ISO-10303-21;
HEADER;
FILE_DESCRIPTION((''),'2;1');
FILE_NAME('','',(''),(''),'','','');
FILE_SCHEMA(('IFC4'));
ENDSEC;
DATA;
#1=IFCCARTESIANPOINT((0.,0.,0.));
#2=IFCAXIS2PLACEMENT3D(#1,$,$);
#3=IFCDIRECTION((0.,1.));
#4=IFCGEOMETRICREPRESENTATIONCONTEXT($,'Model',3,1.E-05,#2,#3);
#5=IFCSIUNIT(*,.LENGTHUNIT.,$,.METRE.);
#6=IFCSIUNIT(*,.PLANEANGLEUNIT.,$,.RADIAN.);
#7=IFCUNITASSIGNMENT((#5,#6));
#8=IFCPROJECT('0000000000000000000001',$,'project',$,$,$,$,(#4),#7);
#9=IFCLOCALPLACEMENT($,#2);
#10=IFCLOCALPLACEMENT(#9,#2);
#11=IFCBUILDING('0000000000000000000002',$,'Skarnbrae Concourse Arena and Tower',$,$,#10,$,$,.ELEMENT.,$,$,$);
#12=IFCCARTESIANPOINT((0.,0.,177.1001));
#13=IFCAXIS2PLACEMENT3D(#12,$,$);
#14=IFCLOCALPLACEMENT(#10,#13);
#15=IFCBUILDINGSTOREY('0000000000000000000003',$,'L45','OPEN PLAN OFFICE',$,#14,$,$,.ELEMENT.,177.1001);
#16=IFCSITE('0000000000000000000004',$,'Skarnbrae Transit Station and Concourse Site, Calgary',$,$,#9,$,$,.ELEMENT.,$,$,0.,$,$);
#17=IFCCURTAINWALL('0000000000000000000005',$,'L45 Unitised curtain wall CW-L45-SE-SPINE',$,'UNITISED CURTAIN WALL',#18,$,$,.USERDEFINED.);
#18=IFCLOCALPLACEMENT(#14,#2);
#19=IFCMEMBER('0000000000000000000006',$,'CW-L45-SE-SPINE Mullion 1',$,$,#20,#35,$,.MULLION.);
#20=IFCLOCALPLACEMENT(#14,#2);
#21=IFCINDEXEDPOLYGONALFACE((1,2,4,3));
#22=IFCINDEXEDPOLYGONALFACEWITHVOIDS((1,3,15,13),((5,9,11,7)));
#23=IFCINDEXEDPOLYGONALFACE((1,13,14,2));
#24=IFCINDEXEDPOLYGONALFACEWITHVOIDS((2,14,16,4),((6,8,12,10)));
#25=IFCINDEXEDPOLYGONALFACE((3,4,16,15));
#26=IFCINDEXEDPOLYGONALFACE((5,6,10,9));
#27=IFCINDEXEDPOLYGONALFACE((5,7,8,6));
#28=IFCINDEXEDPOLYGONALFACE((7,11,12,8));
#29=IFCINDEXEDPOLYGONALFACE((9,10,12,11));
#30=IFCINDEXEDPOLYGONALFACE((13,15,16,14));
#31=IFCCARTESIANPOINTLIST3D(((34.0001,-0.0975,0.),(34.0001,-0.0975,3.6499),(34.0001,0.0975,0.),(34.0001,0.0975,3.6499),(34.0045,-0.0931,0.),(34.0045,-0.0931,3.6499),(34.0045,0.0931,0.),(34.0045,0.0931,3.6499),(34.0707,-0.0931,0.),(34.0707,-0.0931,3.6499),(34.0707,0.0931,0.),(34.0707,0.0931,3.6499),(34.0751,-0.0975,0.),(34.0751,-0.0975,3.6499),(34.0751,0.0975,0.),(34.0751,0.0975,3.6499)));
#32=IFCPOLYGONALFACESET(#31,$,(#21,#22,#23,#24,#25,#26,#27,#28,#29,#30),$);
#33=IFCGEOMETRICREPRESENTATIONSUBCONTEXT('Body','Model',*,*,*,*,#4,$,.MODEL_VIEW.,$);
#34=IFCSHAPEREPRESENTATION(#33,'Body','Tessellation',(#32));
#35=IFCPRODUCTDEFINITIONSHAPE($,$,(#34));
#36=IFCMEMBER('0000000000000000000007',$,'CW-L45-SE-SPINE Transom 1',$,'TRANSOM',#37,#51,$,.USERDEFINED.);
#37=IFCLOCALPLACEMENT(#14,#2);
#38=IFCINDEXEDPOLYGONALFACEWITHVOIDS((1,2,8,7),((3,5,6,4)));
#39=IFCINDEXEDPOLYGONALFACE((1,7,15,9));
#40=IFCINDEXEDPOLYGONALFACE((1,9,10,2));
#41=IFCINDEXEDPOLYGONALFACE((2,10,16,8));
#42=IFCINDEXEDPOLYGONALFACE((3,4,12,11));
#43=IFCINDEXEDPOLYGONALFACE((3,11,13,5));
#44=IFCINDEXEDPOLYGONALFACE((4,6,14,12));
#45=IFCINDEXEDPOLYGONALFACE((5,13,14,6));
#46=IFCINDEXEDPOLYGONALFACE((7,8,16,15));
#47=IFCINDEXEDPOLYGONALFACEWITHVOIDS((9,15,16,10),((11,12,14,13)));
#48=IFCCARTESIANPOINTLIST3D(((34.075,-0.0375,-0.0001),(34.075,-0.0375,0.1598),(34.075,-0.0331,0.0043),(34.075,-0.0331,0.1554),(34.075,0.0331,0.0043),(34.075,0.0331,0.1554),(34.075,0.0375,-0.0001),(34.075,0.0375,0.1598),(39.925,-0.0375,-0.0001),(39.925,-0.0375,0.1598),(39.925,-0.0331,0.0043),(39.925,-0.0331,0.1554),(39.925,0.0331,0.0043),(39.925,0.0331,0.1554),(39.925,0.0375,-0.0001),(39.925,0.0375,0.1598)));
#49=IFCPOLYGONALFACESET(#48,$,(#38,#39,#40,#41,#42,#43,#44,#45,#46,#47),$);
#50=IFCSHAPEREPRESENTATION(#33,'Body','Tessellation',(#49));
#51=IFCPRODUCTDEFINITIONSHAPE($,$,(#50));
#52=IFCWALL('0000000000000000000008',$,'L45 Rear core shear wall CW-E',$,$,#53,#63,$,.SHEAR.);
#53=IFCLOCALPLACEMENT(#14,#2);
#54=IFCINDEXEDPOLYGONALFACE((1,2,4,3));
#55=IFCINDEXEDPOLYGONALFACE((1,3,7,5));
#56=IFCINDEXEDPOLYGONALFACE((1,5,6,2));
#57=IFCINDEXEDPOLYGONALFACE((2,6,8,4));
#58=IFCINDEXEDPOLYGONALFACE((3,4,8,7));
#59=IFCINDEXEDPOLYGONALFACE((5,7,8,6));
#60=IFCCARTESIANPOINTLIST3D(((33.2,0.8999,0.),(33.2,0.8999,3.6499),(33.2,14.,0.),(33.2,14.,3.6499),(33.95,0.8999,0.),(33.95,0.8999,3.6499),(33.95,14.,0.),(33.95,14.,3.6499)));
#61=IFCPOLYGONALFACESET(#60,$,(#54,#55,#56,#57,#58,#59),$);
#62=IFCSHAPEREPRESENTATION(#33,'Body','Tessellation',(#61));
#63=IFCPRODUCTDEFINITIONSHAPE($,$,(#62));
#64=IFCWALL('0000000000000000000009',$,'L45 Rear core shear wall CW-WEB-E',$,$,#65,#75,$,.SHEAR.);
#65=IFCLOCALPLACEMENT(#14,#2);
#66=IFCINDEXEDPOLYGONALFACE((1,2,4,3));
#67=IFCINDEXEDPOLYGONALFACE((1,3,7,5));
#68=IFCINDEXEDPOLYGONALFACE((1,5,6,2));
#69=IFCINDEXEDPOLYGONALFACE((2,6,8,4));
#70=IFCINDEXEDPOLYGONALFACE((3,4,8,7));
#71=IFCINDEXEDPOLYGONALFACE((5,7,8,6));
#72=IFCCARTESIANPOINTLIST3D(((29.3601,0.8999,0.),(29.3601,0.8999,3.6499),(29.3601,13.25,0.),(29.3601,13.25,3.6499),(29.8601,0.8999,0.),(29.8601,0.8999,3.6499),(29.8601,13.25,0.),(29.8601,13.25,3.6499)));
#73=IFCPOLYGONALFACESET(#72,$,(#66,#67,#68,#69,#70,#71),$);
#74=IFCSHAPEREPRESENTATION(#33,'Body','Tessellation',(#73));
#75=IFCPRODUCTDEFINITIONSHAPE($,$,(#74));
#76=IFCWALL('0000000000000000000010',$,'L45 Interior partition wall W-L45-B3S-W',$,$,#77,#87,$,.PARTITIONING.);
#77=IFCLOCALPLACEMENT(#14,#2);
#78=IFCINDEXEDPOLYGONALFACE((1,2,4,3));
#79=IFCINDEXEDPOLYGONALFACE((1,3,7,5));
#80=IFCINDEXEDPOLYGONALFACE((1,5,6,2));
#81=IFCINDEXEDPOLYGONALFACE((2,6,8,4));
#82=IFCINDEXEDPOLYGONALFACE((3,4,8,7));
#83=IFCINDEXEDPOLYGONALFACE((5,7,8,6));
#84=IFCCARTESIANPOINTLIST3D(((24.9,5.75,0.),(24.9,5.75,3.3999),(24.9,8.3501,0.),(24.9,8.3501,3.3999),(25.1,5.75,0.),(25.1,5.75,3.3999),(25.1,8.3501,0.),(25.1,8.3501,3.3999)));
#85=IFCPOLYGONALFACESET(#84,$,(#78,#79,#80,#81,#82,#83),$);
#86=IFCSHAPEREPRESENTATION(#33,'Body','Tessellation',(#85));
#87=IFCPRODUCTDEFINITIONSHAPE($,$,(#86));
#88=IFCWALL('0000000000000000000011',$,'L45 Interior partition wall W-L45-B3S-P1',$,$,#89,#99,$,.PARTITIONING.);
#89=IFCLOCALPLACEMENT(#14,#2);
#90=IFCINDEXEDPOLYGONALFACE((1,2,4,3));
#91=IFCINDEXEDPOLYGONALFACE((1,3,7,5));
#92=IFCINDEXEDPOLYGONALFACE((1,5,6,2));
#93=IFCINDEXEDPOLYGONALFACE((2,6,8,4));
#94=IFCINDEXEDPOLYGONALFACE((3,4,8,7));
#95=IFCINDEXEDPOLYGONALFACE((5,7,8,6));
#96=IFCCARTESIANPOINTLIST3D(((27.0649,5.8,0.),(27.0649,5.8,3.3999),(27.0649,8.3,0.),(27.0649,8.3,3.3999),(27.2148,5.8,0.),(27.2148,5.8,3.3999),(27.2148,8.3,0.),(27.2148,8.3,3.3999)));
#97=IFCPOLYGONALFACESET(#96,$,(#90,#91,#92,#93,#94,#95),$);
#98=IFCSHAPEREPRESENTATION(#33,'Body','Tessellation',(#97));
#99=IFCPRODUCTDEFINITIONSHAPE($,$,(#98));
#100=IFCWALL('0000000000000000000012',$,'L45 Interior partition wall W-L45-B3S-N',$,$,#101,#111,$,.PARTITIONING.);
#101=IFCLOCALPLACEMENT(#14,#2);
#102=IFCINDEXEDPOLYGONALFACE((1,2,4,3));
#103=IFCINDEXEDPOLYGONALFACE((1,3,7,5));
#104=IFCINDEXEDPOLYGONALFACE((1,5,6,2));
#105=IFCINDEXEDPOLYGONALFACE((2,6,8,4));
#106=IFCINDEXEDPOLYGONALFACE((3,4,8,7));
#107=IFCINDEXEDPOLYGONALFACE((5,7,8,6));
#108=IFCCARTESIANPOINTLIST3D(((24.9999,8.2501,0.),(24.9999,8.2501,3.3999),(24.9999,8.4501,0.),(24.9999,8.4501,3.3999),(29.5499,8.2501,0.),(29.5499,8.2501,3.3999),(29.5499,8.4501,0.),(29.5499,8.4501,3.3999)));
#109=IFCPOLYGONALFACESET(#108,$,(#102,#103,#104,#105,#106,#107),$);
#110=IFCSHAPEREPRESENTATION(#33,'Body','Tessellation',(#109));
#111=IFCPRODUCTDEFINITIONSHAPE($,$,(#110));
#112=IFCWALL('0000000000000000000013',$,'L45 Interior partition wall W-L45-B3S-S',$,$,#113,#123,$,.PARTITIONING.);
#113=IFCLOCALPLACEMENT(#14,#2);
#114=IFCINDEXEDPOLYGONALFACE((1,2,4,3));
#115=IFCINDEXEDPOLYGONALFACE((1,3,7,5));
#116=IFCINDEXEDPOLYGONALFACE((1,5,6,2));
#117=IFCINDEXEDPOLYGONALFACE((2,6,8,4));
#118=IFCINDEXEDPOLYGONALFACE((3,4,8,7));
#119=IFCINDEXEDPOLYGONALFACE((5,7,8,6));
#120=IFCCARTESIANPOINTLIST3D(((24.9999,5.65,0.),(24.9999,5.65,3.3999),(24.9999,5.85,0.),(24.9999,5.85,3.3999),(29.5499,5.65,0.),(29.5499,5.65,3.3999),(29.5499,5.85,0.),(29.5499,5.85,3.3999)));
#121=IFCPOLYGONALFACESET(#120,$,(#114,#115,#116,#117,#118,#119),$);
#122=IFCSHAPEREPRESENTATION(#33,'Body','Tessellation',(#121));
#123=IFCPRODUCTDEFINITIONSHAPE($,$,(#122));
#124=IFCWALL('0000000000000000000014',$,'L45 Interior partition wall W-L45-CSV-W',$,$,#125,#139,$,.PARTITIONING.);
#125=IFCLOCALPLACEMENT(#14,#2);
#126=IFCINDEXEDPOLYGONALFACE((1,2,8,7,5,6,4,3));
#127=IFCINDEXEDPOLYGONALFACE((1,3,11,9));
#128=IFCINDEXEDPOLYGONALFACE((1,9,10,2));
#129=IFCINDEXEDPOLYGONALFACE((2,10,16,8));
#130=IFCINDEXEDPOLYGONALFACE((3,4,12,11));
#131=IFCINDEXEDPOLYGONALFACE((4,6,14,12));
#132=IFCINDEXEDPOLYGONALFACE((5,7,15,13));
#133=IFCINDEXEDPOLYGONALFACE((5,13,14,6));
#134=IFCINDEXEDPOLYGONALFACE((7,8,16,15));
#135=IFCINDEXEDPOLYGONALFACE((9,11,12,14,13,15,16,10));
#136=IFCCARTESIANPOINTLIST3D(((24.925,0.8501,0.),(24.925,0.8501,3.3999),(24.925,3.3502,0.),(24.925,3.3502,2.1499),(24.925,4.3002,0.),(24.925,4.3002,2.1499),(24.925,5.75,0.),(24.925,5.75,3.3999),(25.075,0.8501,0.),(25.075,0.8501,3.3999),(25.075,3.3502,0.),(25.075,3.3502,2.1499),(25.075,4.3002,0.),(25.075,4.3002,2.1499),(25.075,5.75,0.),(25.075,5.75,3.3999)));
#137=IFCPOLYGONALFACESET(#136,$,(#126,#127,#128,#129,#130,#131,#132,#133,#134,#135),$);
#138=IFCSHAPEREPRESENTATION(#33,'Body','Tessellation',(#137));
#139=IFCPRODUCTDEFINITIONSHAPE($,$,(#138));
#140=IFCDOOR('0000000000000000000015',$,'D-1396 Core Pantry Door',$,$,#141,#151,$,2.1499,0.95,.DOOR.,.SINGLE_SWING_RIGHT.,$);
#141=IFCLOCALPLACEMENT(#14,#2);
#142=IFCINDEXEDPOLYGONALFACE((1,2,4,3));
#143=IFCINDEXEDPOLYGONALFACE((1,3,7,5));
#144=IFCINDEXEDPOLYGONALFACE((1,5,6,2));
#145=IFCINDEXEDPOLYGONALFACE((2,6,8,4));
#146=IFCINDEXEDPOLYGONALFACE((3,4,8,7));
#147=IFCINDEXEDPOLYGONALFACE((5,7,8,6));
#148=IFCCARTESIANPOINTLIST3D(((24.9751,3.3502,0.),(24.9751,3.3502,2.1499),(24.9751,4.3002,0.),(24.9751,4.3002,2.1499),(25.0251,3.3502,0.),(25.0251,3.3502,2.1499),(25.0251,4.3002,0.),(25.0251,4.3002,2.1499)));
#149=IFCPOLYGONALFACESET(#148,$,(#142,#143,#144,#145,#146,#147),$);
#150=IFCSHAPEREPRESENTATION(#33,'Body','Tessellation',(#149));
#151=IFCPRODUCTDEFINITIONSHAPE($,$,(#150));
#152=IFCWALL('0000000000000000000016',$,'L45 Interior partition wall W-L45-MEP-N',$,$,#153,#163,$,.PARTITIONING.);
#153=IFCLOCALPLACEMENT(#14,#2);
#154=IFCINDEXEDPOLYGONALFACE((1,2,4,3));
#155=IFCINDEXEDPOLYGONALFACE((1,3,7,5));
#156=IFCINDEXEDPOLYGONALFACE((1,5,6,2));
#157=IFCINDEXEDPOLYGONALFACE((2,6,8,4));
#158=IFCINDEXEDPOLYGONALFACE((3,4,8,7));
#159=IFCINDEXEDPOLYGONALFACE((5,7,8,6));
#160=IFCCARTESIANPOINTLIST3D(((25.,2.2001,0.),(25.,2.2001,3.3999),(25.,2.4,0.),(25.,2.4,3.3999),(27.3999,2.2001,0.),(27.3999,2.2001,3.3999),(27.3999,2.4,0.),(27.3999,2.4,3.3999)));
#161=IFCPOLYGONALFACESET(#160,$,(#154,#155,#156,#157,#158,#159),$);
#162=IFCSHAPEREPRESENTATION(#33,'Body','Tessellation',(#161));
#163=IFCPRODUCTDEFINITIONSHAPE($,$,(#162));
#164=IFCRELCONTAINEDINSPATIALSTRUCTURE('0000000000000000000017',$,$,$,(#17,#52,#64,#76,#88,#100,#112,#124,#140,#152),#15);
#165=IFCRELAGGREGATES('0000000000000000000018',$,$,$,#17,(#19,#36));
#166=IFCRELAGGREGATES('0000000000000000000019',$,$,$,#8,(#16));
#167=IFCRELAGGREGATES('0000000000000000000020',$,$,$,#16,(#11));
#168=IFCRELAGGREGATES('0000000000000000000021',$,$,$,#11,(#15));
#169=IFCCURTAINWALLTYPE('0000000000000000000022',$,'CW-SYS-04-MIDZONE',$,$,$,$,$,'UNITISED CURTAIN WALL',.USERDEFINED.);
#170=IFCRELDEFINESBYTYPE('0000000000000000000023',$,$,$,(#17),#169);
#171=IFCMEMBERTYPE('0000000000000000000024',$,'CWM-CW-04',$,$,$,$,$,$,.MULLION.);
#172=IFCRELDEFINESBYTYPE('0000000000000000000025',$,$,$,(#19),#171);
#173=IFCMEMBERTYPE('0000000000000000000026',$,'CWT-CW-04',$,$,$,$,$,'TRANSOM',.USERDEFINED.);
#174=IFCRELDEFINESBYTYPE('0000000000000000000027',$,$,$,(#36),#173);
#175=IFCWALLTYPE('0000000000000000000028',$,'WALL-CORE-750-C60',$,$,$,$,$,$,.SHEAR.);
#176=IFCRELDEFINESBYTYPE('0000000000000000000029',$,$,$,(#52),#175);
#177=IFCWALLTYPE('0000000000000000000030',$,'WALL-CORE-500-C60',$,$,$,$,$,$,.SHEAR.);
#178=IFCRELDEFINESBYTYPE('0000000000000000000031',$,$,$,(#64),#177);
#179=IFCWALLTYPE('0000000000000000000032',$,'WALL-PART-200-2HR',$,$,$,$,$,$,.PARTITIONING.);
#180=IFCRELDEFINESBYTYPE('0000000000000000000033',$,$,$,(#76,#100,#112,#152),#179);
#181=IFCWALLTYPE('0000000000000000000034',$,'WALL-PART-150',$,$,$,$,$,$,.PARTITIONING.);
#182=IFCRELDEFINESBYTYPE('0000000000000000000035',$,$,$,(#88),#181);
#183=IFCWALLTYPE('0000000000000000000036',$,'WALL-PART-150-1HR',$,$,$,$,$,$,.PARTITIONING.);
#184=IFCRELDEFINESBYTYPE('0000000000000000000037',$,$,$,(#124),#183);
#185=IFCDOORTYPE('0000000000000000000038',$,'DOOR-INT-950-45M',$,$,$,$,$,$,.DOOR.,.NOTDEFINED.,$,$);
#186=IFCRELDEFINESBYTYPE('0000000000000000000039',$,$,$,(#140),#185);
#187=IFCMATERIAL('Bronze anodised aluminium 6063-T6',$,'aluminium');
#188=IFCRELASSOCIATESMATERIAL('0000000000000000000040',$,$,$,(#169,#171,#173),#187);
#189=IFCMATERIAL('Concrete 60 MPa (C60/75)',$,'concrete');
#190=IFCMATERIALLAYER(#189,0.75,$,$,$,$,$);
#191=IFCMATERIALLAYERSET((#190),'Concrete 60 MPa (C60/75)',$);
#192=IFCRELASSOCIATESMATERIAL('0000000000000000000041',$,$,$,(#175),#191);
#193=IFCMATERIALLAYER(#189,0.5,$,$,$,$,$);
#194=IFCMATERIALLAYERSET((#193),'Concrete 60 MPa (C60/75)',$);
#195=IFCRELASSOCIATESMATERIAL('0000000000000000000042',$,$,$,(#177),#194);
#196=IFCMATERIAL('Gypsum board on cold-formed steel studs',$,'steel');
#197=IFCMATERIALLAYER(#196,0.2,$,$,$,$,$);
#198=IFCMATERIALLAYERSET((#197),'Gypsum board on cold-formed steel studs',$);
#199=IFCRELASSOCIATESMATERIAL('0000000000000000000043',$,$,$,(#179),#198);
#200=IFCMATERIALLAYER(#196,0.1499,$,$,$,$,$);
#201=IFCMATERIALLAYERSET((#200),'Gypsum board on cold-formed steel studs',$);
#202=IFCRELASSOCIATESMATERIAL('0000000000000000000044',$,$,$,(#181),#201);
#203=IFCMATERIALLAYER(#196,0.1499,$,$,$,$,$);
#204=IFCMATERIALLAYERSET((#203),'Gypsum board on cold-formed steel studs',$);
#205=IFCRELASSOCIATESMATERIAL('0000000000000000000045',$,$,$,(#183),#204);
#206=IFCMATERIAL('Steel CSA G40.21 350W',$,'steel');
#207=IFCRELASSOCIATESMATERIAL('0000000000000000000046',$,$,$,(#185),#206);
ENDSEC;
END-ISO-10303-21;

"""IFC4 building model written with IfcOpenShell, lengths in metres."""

from ifc_helpers import new_model, si_unit, direction, frame, frame_2d, origin, origin_2d, place, context, subcontext, project, spatial, rectangle, hollow_rectangle, extrude, source, transform, mapped, material, layer, layer_set, material_profile, profile_set, type_object, element, fill, aggregate, save


model = new_model("IFC4")

# Units and contexts
model_context = context("Model", 3, precision=1e-05, world=origin(), true_north=direction((0.0, 1.0)))
body_context = subcontext(model_context, "Body", "Model", "MODEL_VIEW")
ifc_project = project(units=[si_unit("LENGTHUNIT", "METRE"), si_unit("PLANEANGLEUNIT", "RADIAN")], contexts=[model_context])

# Site, building, storey
site_placement = place(None, origin())
site = spatial("IfcSite", under=ifc_project, at=site_placement, Name="Skarnbrae Transit Station and Concourse Site, Calgary", CompositionType="ELEMENT", RefElevation=0.0)
building_placement = place(site_placement, origin())
building = spatial("IfcBuilding", under=site, at=building_placement, Name="Skarnbrae Concourse Arena and Tower", CompositionType="ELEMENT")
storey_placement = place(building_placement, frame((0.0, 0.0, 177.1001)))
storey = spatial("IfcBuildingStorey", under=building, at=storey_placement, Name="L45", Description="OPEN PLAN OFFICE", CompositionType="ELEMENT", Elevation=177.1001)

# Curtain wall, members
ifc_material_1 = material(Name="Bronze anodised aluminium 6063-T6", Category="aluminium")
curtain_wall_type = type_object("IfcCurtainWallType", Name="CW-SYS-04-MIDZONE", ElementType="UNITISED CURTAIN WALL", PredefinedType="USERDEFINED", material=ifc_material_1)
curtain_wall_placement = place(storey_placement, origin())
curtain_wall = element("IfcCurtainWall", 1, at=curtain_wall_placement, inside=storey, type_object=curtain_wall_type, Name="L45 Unitised curtain wall CW-L45-SE-SPINE", ObjectType="UNITISED CURTAIN WALL", PredefinedType="USERDEFINED")
ifc_material_profile_1 = material_profile(ifc_material_1, hollow_rectangle(XDim=0.075, YDim=0.1951, WallThickness=0.0044, at=origin_2d()), Name="ALU-MULL-75X195")
ifc_profile_set_1 = profile_set([ifc_material_profile_1], Name="Bronze anodised aluminium 6063-T6")
member_type_1 = type_object("IfcMemberType", Name="CWM-CW-04", PredefinedType="MULLION", material=ifc_profile_set_1)
shared_shape_1 = source(origin(), body_context, "Body", "SweptSolid", [
    extrude(hollow_rectangle(XDim=0.075, YDim=0.1951, WallThickness=0.0044, at=origin_2d()), origin(), (0.0, 0.0, 1.0), 3.6499),
])
member_1_placement = place(storey_placement, frame((34.0376, 0.0, 0.0), z_axis=(0.0, 0.0, 1.0), x_axis=(1.0, 0.0, 0.0)))
member_1 = element("IfcMember", 2, at=member_1_placement, type_object=member_type_1, Name="CW-L45-SE-SPINE Mullion 1", PredefinedType="MULLION", context=body_context, shape_type="MappedRepresentation", body=[
    mapped(shared_shape_1, transform((0.0, 0.0, 0.0))),
])
ifc_material_profile_2 = material_profile(ifc_material_1, hollow_rectangle(XDim=0.075, YDim=0.1599, WallThickness=0.0044, at=origin_2d()), Name="ALU-TRAN-75X160")
ifc_profile_set_2 = profile_set([ifc_material_profile_2], Name="Bronze anodised aluminium 6063-T6")
member_type_2 = type_object("IfcMemberType", Name="CWT-CW-04", ElementType="TRANSOM", PredefinedType="USERDEFINED", material=ifc_profile_set_2)
shared_shape_2 = source(origin(), body_context, "Body", "SweptSolid", [
    extrude(hollow_rectangle(XDim=0.075, YDim=0.1599, WallThickness=0.0044, at=origin_2d()), origin(), (0.0, 0.0, 1.0), 5.8501),
])
member_2_placement = place(storey_placement, frame((34.075, 0.0, 0.0798), z_axis=(1.0, 0.0, 0.0), x_axis=(0.0, 1.0, 0.0)))
member_2 = element("IfcMember", 3, at=member_2_placement, type_object=member_type_2, Name="CW-L45-SE-SPINE Transom 1", ObjectType="TRANSOM", PredefinedType="USERDEFINED", context=body_context, shape_type="MappedRepresentation", body=[
    mapped(shared_shape_2, transform((0.0, 0.0, 0.0))),
])
aggregate(curtain_wall, [member_1, member_2])

# Walls
ifc_material_2 = material(Name="Concrete 60 MPa (C60/75)", Category="concrete")
ifc_layer_1 = layer(ifc_material_2, 0.75)
ifc_layer_set_1 = layer_set([ifc_layer_1], Name="Concrete 60 MPa (C60/75)")
wall_type_1 = type_object("IfcWallType", Name="WALL-CORE-750-C60", PredefinedType="SHEAR", material=ifc_layer_set_1)
shared_shape_3 = source(origin(), body_context, "Body", "SweptSolid", [
    extrude(rectangle(XDim=13.1001, YDim=0.75, at=frame_2d((6.55, 0.0))), origin(), (0.0, 0.0, 1.0), 3.6499),
])
wall_1_placement = place(storey_placement, frame((33.575, 0.8999, 0.0), z_axis=(0.0, 0.0, 1.0), x_axis=(0.0, 1.0, 0.0)))
element("IfcWall", 4, at=wall_1_placement, inside=storey, type_object=wall_type_1, Name="L45 Rear core shear wall CW-E", PredefinedType="SHEAR", context=body_context, shape_type="MappedRepresentation", body=[
    mapped(shared_shape_3, transform((0.0, 0.0, 0.0))),
])
ifc_layer_2 = layer(ifc_material_2, 0.5)
ifc_layer_set_2 = layer_set([ifc_layer_2], Name="Concrete 60 MPa (C60/75)")
wall_type_2 = type_object("IfcWallType", Name="WALL-CORE-500-C60", PredefinedType="SHEAR", material=ifc_layer_set_2)
shared_shape_4 = source(origin(), body_context, "Body", "SweptSolid", [
    extrude(rectangle(XDim=12.3501, YDim=0.5, at=frame_2d((6.175, 0.0))), origin(), (0.0, 0.0, 1.0), 3.6499),
])
wall_2_placement = place(storey_placement, frame((29.6101, 0.8999, 0.0), z_axis=(0.0, 0.0, 1.0), x_axis=(0.0, 1.0, 0.0)))
element("IfcWall", 5, at=wall_2_placement, inside=storey, type_object=wall_type_2, Name="L45 Rear core shear wall CW-WEB-E", PredefinedType="SHEAR", context=body_context, shape_type="MappedRepresentation", body=[
    mapped(shared_shape_4, transform((0.0, 0.0, 0.0))),
])
ifc_material_3 = material(Name="Gypsum board on cold-formed steel studs", Category="steel")
ifc_layer_3 = layer(ifc_material_3, 0.2)
ifc_layer_set_3 = layer_set([ifc_layer_3], Name="Gypsum board on cold-formed steel studs")
wall_type_3 = type_object("IfcWallType", Name="WALL-PART-200-2HR", PredefinedType="PARTITIONING", material=ifc_layer_set_3)
shared_shape_5 = source(origin(), body_context, "Body", "SweptSolid", [
    extrude(rectangle(XDim=2.6001, YDim=0.2, at=frame_2d((1.3, 0.0))), origin(), (0.0, 0.0, 1.0), 3.3999),
])
wall_3_placement = place(storey_placement, frame((25.0, 5.75, 0.0), z_axis=(0.0, 0.0, 1.0), x_axis=(0.0, 1.0, 0.0)))
element("IfcWall", 6, at=wall_3_placement, inside=storey, type_object=wall_type_3, Name="L45 Interior partition wall W-L45-B3S-W", PredefinedType="PARTITIONING", context=body_context, shape_type="MappedRepresentation", body=[
    mapped(shared_shape_5, transform((0.0, 0.0, 0.0))),
])
ifc_layer_4 = layer(ifc_material_3, 0.1499)
ifc_layer_set_4 = layer_set([ifc_layer_4], Name="Gypsum board on cold-formed steel studs")
wall_type_4 = type_object("IfcWallType", Name="WALL-PART-150", PredefinedType="PARTITIONING", material=ifc_layer_set_4)
shared_shape_6 = source(origin(), body_context, "Body", "SweptSolid", [
    extrude(rectangle(XDim=2.5, YDim=0.1499, at=frame_2d((1.25, 0.0))), origin(), (0.0, 0.0, 1.0), 3.3999),
])
wall_4_placement = place(storey_placement, frame((27.1399, 5.8, 0.0), z_axis=(0.0, 0.0, 1.0), x_axis=(0.0, 1.0, 0.0)))
element("IfcWall", 7, at=wall_4_placement, inside=storey, type_object=wall_type_4, Name="L45 Interior partition wall W-L45-B3S-P1", PredefinedType="PARTITIONING", context=body_context, shape_type="MappedRepresentation", body=[
    mapped(shared_shape_6, transform((0.0, 0.0, 0.0))),
])
shared_shape_7 = source(origin(), body_context, "Body", "SweptSolid", [
    extrude(rectangle(XDim=4.55, YDim=0.2, at=frame_2d((2.2749, 0.0))), origin(), (0.0, 0.0, 1.0), 3.3999),
])
for number, where, z_axis, x_axis, name in (
    (8, (25.0, 8.3501, 0.0), (0.0, 0.0, 1.0), (1.0, 0.0, 0.0), "L45 Interior partition wall W-L45-B3S-N"),
    (9, (25.0, 5.75, 0.0), (0.0, 0.0, 1.0), (1.0, 0.0, 0.0), "L45 Interior partition wall W-L45-B3S-S"),
):
    element("IfcWall", number, at=place(storey_placement, frame(where, z_axis=z_axis, x_axis=x_axis)), inside=storey, type_object=wall_type_3, Name=name, PredefinedType="PARTITIONING", context=body_context, shape_type="MappedRepresentation", body=[
        mapped(shared_shape_7, transform((0.0, 0.0, 0.0))),
    ])

# Wall, opening, door
ifc_layer_5 = layer(ifc_material_3, 0.1499)
ifc_layer_set_5 = layer_set([ifc_layer_5], Name="Gypsum board on cold-formed steel studs")
wall_type_5 = type_object("IfcWallType", Name="WALL-PART-150-1HR", PredefinedType="PARTITIONING", material=ifc_layer_set_5)
shared_shape_8 = source(origin(), body_context, "Body", "SweptSolid", [
    extrude(rectangle(XDim=4.8999, YDim=0.1499, at=frame_2d((2.45, 0.0))), origin(), (0.0, 0.0, 1.0), 3.3999),
])
wall_5_placement = place(storey_placement, frame((25.0, 0.8501, 0.0), z_axis=(0.0, 0.0, 1.0), x_axis=(0.0, 1.0, 0.0)))
wall_5 = element("IfcWall", 10, at=wall_5_placement, inside=storey, type_object=wall_type_5, Name="L45 Interior partition wall W-L45-CSV-W", PredefinedType="PARTITIONING", context=body_context, shape_type="MappedRepresentation", body=[
    mapped(shared_shape_8, transform((0.0, 0.0, 0.0))),
])
opening_1_placement = place(wall_5_placement, frame((2.5, 0.0, 0.0)))
opening_1 = element("IfcOpeningElement", 11, at=opening_1_placement, cuts=wall_5, PredefinedType="OPENING", context=body_context, shape_type="SweptSolid", body=[
    extrude(rectangle(XDim=0.95, YDim=2.1499, at=frame_2d((0.4751, 1.075))), frame((0.0, 0.085, 0.0), z_axis=(0.0, -1.0, 0.0), x_axis=(1.0, 0.0, 0.0)), (0.0, 0.0, 1.0), 0.1699),
])
ifc_material_4 = material(Name="Steel CSA G40.21 350W", Category="steel")
door_type_1 = type_object("IfcDoorType", Name="DOOR-INT-950-45M", OperationType="NOTDEFINED", PredefinedType="DOOR", material=ifc_material_4)
shared_shape_9 = source(origin(), body_context, "Body", "SweptSolid", [
    extrude(rectangle(XDim=0.95, YDim=2.1499, at=frame_2d((0.4751, 1.075))), frame((0.0, 0.0249, 0.0), z_axis=(0.0, -1.0, 0.0), x_axis=(1.0, 0.0, 0.0)), (0.0, 0.0, 1.0), 0.05),
])
door_1_placement = place(opening_1_placement, origin())
door_1 = element("IfcDoor", 12, at=door_1_placement, inside=storey, type_object=door_type_1, Name="D-1396 Core Pantry Door", OperationType="SINGLE_SWING_RIGHT", OverallHeight=2.1499, OverallWidth=0.95, PredefinedType="DOOR", context=body_context, shape_type="MappedRepresentation", body=[
    mapped(shared_shape_9, transform((0.0, 0.0, 0.0))),
])
fill(opening_1, door_1)

# Wall
shared_shape_10 = source(origin(), body_context, "Body", "SweptSolid", [
    extrude(rectangle(XDim=2.3999, YDim=0.2, at=frame_2d((1.2, 0.0))), origin(), (0.0, 0.0, 1.0), 3.3999),
])
wall_6_placement = place(storey_placement, frame((25.0, 2.3, 0.0), z_axis=(0.0, 0.0, 1.0), x_axis=(1.0, 0.0, 0.0)))
element("IfcWall", 13, at=wall_6_placement, inside=storey, type_object=wall_type_3, Name="L45 Interior partition wall W-L45-MEP-N", PredefinedType="PARTITIONING", context=body_context, shape_type="MappedRepresentation", body=[
    mapped(shared_shape_10, transform((0.0, 0.0, 0.0))),
])

save(model, "model.ifc")
